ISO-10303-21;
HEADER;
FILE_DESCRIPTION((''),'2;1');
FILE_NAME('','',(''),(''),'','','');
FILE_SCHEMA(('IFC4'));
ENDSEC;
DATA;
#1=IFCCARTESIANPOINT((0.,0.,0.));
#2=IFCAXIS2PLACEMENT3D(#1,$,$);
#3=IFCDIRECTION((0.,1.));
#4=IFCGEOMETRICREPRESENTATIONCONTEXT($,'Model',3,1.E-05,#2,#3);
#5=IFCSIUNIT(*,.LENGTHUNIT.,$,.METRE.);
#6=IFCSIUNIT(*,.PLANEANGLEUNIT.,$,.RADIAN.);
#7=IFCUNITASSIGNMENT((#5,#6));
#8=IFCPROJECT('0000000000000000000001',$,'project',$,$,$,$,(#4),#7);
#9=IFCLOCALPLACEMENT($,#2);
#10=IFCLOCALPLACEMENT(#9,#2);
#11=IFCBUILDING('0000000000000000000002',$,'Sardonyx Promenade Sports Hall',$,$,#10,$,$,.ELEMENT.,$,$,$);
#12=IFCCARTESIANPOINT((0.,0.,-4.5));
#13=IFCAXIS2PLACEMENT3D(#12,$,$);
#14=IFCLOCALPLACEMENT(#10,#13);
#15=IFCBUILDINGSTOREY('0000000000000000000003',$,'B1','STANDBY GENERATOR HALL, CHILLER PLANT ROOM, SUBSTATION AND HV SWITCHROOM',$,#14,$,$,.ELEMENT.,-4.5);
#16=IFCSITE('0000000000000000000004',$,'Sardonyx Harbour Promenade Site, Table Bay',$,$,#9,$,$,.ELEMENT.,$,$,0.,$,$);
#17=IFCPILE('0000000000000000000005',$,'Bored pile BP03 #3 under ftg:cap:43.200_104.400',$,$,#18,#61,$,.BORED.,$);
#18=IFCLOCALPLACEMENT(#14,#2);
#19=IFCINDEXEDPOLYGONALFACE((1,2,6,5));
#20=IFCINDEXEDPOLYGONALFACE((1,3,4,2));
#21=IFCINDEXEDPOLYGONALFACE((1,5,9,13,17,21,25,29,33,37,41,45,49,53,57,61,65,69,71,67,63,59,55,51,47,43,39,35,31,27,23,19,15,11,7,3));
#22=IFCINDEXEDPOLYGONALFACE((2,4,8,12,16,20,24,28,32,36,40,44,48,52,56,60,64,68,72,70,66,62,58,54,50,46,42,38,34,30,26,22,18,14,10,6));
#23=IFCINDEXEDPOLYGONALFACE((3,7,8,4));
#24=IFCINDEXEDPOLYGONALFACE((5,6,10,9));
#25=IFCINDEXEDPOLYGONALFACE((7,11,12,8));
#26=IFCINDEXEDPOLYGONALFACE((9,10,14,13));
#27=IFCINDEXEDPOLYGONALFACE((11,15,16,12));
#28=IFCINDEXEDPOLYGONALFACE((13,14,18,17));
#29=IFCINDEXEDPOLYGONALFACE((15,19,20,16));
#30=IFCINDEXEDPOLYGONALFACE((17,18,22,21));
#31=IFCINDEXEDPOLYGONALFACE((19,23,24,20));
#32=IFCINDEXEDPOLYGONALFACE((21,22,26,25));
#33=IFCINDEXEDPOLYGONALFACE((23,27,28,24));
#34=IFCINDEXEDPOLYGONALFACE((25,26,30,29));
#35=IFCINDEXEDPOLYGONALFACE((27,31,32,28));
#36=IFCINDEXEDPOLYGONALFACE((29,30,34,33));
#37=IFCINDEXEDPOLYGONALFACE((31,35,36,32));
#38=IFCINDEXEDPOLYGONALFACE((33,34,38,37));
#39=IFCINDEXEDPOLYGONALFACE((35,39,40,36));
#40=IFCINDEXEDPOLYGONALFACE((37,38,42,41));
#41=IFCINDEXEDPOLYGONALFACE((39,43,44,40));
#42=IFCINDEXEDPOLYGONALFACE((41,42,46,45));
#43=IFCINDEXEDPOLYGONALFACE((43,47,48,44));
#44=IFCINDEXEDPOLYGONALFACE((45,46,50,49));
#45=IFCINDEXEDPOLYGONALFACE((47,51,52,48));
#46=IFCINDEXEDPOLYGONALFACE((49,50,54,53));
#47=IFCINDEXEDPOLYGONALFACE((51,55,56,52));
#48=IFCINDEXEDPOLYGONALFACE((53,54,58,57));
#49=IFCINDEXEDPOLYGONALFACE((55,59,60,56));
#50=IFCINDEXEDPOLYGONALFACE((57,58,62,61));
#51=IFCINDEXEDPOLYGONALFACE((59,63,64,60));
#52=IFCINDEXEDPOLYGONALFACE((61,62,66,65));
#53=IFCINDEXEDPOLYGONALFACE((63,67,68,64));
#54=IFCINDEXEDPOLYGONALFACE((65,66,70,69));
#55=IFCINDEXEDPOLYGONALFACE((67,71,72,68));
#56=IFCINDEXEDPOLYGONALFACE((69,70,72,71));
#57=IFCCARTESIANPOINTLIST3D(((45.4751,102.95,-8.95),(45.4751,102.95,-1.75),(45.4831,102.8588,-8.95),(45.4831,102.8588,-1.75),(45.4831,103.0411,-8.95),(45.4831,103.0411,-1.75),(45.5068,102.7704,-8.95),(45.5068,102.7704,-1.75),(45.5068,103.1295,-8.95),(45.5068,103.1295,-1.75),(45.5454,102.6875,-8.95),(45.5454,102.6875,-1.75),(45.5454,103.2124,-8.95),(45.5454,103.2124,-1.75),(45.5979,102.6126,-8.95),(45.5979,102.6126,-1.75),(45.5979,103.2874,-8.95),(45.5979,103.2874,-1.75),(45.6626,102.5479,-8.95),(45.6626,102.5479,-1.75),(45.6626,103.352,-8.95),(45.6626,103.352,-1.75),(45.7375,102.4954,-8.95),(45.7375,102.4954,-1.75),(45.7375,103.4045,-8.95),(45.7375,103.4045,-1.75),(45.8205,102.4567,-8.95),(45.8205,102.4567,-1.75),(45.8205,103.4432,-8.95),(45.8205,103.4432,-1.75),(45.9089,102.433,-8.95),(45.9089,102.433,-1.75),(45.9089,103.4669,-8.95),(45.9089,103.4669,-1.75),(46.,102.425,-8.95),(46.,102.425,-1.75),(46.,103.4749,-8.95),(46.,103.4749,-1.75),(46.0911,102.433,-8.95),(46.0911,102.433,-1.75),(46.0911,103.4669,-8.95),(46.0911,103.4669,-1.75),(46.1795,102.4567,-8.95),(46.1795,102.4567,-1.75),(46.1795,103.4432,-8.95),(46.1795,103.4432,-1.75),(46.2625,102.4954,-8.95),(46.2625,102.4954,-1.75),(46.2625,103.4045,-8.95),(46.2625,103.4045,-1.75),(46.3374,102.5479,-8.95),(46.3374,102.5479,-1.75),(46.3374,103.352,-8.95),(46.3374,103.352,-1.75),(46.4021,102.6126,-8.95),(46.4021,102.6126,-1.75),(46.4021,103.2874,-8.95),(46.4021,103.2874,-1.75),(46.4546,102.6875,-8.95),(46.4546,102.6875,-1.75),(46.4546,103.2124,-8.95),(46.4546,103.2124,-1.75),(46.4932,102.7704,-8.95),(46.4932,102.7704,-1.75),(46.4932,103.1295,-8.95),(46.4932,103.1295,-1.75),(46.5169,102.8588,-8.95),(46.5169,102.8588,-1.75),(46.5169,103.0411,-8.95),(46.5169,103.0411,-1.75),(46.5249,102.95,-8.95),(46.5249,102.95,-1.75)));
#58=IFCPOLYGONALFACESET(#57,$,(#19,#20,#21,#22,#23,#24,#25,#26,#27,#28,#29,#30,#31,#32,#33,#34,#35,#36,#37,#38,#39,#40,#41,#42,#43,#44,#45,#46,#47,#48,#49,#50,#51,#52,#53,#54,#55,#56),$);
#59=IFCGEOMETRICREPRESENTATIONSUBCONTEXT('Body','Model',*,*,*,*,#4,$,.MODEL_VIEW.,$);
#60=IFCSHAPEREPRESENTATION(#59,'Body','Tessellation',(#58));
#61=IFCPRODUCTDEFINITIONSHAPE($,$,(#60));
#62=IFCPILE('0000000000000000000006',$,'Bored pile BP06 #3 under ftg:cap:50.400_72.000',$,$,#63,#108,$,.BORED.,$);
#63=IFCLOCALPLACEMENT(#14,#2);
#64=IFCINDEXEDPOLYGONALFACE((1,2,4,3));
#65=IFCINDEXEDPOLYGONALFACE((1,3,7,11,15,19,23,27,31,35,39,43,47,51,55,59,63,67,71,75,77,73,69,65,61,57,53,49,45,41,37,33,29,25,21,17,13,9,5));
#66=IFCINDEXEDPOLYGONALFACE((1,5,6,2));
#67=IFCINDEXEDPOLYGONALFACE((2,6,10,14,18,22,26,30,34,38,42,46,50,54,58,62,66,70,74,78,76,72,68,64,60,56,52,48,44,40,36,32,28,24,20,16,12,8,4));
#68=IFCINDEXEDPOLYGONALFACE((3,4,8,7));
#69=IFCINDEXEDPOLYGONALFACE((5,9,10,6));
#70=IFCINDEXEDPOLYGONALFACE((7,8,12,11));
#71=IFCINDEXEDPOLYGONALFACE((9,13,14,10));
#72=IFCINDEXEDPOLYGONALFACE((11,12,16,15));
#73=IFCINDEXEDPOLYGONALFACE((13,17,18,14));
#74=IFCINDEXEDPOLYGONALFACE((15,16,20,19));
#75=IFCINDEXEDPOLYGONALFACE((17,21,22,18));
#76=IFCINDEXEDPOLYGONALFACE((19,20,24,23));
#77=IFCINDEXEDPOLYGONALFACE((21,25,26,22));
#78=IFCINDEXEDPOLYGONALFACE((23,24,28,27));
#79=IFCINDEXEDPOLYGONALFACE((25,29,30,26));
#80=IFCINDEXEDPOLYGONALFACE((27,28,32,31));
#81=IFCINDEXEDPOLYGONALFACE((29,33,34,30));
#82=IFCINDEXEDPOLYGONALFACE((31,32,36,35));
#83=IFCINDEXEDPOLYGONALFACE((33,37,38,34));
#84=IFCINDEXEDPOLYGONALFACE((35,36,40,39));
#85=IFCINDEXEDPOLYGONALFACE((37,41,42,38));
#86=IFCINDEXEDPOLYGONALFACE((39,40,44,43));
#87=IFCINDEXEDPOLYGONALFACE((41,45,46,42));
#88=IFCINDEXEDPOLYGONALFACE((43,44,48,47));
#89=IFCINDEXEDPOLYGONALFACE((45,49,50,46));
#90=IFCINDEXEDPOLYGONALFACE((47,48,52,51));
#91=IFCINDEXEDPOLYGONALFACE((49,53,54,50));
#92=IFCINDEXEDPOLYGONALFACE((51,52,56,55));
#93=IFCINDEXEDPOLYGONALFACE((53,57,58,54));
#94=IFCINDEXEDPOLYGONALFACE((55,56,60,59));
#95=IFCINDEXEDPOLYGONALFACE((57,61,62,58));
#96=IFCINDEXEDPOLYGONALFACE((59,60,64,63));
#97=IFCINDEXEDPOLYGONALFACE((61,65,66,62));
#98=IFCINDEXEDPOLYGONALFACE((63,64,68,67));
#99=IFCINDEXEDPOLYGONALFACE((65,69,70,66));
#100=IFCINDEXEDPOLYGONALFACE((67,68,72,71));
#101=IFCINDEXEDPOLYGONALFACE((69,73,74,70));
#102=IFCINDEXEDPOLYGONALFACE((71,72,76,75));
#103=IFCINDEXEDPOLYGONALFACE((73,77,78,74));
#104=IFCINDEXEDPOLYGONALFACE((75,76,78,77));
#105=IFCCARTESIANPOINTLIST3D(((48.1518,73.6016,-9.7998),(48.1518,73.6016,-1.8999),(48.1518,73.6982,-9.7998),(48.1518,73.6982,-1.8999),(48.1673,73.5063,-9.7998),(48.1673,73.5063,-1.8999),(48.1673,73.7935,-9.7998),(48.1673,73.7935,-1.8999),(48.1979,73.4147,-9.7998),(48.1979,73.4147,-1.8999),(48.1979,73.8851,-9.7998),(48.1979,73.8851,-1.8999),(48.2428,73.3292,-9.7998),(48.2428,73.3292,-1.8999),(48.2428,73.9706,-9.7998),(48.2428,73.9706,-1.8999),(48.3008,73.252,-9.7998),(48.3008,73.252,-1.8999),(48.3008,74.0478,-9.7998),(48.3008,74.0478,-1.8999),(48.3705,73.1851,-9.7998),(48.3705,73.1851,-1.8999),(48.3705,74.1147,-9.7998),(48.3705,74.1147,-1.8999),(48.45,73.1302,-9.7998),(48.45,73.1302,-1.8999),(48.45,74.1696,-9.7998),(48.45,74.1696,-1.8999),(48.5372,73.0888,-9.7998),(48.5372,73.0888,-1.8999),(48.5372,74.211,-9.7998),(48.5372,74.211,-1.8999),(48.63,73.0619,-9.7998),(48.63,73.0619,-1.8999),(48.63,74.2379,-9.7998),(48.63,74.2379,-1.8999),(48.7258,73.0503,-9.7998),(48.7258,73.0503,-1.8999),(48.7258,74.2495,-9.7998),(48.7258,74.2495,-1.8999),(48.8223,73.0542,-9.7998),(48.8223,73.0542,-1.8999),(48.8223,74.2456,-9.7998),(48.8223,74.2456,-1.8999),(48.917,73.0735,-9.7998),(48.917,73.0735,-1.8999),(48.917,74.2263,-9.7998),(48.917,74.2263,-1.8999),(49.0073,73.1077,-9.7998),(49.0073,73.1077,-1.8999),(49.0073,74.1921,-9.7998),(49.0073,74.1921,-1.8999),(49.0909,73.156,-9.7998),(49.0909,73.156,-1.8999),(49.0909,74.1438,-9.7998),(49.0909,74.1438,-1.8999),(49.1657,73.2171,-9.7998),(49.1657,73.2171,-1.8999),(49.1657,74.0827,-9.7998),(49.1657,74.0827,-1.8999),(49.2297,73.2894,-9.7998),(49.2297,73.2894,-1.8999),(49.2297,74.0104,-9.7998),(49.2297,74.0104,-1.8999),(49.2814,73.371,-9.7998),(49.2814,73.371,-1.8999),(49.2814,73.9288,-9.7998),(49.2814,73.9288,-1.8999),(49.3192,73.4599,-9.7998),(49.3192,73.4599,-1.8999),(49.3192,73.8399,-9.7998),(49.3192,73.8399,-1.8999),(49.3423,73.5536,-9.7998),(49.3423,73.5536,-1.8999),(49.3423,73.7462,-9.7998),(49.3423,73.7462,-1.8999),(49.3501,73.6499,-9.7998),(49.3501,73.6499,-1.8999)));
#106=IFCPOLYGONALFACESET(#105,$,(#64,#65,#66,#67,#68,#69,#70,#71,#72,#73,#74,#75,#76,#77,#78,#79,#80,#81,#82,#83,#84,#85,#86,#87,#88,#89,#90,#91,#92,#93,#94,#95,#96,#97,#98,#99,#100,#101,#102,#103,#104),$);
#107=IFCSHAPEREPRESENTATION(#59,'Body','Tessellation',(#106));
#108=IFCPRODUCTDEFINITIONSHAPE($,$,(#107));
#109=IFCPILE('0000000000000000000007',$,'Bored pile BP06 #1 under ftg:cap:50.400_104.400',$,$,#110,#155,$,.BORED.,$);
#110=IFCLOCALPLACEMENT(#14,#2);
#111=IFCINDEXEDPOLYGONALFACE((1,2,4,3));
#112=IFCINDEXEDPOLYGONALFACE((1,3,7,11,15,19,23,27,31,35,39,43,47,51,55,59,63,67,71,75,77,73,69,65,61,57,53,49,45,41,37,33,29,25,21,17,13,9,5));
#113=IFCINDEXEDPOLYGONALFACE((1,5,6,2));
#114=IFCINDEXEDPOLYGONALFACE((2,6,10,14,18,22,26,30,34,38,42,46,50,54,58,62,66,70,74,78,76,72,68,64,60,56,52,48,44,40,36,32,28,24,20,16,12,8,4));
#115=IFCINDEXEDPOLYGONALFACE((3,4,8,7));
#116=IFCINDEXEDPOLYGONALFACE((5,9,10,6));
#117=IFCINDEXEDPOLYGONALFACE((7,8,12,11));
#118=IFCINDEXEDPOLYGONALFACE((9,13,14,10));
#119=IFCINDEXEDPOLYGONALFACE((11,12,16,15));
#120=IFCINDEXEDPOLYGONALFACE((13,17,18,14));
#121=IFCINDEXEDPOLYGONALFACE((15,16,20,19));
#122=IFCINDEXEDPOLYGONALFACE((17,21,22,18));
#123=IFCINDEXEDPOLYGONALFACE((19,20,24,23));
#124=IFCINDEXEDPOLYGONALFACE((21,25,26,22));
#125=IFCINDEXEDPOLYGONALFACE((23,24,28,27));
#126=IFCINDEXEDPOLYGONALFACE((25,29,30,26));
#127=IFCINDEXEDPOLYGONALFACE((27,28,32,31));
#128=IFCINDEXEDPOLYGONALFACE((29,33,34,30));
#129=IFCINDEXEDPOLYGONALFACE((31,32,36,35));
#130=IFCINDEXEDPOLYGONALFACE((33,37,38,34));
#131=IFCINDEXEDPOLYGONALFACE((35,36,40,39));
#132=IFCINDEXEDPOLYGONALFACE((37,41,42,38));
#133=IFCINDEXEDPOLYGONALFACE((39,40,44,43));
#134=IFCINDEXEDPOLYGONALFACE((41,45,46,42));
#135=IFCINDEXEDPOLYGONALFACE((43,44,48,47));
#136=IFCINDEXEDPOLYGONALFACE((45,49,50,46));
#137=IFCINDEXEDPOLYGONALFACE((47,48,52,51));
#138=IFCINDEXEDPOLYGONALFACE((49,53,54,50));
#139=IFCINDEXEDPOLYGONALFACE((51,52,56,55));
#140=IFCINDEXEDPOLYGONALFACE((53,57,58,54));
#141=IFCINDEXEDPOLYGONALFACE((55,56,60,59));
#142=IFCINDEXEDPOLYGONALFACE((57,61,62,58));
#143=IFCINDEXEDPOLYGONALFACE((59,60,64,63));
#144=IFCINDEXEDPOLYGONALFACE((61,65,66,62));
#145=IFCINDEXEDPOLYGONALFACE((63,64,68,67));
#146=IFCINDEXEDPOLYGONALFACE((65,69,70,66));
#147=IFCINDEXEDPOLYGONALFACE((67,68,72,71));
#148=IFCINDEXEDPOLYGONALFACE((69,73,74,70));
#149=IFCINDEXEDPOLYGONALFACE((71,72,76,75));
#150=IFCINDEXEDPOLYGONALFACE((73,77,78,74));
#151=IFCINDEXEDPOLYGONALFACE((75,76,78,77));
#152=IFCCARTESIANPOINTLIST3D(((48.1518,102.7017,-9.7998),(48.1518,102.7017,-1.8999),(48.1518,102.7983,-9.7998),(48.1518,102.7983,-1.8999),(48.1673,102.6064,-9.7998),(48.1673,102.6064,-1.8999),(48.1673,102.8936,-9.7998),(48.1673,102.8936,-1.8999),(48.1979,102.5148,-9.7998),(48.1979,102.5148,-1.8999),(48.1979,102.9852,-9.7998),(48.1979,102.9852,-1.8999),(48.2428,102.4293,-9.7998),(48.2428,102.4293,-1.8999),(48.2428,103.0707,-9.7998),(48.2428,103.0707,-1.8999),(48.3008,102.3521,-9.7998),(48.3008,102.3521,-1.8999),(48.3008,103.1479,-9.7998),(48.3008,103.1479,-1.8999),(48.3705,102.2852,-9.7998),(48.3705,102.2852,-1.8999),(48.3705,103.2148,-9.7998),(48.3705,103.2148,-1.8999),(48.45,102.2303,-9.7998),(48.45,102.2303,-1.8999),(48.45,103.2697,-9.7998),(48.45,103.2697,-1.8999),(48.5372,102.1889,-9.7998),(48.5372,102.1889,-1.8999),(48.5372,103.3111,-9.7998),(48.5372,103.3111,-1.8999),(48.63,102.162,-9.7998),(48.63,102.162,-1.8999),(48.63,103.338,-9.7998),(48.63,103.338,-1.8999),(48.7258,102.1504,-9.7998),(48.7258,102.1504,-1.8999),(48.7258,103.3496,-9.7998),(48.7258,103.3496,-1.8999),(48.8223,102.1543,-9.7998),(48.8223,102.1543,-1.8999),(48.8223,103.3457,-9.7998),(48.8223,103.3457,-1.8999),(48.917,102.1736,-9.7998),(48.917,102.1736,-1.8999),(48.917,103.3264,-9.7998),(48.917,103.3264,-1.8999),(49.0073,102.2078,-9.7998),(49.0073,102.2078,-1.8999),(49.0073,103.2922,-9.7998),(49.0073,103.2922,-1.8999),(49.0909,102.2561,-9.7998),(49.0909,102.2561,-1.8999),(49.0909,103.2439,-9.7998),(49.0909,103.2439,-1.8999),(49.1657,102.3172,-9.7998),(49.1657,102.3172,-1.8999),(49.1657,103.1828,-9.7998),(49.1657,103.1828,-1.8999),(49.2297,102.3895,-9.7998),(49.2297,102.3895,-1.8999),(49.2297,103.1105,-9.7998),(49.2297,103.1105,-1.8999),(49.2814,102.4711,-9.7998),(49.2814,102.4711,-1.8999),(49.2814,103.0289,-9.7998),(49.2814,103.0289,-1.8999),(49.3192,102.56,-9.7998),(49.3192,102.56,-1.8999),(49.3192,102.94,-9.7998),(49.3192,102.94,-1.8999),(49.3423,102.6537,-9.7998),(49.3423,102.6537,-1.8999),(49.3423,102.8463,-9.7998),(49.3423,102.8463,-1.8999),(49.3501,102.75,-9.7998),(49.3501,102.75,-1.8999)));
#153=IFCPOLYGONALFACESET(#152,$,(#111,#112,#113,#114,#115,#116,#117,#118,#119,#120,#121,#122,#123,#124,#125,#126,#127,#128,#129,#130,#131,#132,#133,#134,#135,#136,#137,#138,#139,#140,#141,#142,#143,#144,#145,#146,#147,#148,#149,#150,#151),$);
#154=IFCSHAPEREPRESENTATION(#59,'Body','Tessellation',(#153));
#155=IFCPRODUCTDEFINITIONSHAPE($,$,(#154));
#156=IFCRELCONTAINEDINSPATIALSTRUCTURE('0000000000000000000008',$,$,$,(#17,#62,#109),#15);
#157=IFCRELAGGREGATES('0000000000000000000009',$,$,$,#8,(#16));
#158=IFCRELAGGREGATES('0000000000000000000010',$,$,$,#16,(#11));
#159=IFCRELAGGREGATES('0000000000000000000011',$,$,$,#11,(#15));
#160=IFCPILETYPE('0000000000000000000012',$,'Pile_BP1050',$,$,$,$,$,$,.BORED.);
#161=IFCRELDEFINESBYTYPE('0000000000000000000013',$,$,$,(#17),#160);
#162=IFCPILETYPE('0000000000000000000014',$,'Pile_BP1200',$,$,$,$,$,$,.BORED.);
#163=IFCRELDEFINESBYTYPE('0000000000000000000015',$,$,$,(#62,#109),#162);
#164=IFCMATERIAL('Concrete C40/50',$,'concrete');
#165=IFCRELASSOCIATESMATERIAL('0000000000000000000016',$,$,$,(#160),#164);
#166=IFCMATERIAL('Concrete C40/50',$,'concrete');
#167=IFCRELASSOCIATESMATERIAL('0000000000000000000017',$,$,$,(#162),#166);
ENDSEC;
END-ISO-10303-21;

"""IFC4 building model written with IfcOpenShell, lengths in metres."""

from ifc_helpers import new_model, si_unit, direction, frame, origin, origin_2d, place, context, subcontext, project, spatial, circle, extrude, material, material_profile, profile_set, type_object, element, save


model = new_model("IFC4")

# Units and contexts
model_context = context("Model", 3, precision=1e-05, world=origin(), true_north=direction((0.0, 1.0)))
body_context = subcontext(model_context, "Body", "Model", "MODEL_VIEW")
ifc_project = project(units=[si_unit("LENGTHUNIT", "METRE"), si_unit("PLANEANGLEUNIT", "RADIAN")], contexts=[model_context])

# Site, building, storey
site_placement = place(None, origin())
site = spatial("IfcSite", under=ifc_project, at=site_placement, Name="Sardonyx Harbour Promenade Site, Table Bay", CompositionType="ELEMENT", RefElevation=0.0)
building_placement = place(site_placement, origin())
building = spatial("IfcBuilding", under=site, at=building_placement, Name="Sardonyx Promenade Sports Hall", CompositionType="ELEMENT")
storey_placement = place(building_placement, frame((0.0, 0.0, -4.5)))
storey = spatial("IfcBuildingStorey", under=building, at=storey_placement, Name="B1", Description="STANDBY GENERATOR HALL, CHILLER PLANT ROOM, SUBSTATION AND HV SWITCHROOM", CompositionType="ELEMENT", Elevation=-4.5)

# Piles
ifc_material_1 = material(Name="Concrete C40/50", Category="concrete")
ifc_material_profile_1 = material_profile(ifc_material_1, circle(Radius=0.5249, at=origin_2d()))
ifc_profile_set_1 = profile_set([ifc_material_profile_1], Name="Concrete C40/50")
pile_type_1 = type_object("IfcPileType", Name="Pile_BP1050", PredefinedType="BORED", material=ifc_profile_set_1)
for number, where, z_axis, x_axis, name in (
    (1, (46.0, 102.95, -1.75), (0.0, 0.0, -1.0), (1.0, 0.0, 0.0), "Bored pile BP03 #3 under ftg:cap:43.200_104.400"),
):
    element("IfcPile", number, at=place(storey_placement, frame(where, z_axis=z_axis, x_axis=x_axis)), inside=storey, type_object=pile_type_1, Name=name, PredefinedType="BORED", context=body_context, shape_type="SweptSolid", body=[
        extrude(circle(Radius=0.5249, at=origin_2d()), origin(), (0.0, 0.0, 1.0), 7.2),
    ])
ifc_material_2 = material(Name="Concrete C40/50", Category="concrete")
ifc_material_profile_2 = material_profile(ifc_material_2, circle(Radius=0.6001, at=origin_2d()))
ifc_profile_set_2 = profile_set([ifc_material_profile_2], Name="Concrete C40/50")
pile_type_2 = type_object("IfcPileType", Name="Pile_BP1200", PredefinedType="BORED", material=ifc_profile_set_2)
for number, where, z_axis, x_axis, name in (
    (2, (48.75, 73.6499, -1.8999), (0.0, 0.0, -1.0), (1.0, 0.0, 0.0), "Bored pile BP06 #3 under ftg:cap:50.400_72.000"),
    (3, (48.75, 102.75, -1.8999), (0.0, 0.0, -1.0), (1.0, 0.0, 0.0), "Bored pile BP06 #1 under ftg:cap:50.400_104.400"),
):
    element("IfcPile", number, at=place(storey_placement, frame(where, z_axis=z_axis, x_axis=x_axis)), inside=storey, type_object=pile_type_2, Name=name, PredefinedType="BORED", context=body_context, shape_type="SweptSolid", body=[
        extrude(circle(Radius=0.6001, at=origin_2d()), origin(), (0.0, 0.0, 1.0), 7.8999),
    ])

save(model, "model.ifc")
